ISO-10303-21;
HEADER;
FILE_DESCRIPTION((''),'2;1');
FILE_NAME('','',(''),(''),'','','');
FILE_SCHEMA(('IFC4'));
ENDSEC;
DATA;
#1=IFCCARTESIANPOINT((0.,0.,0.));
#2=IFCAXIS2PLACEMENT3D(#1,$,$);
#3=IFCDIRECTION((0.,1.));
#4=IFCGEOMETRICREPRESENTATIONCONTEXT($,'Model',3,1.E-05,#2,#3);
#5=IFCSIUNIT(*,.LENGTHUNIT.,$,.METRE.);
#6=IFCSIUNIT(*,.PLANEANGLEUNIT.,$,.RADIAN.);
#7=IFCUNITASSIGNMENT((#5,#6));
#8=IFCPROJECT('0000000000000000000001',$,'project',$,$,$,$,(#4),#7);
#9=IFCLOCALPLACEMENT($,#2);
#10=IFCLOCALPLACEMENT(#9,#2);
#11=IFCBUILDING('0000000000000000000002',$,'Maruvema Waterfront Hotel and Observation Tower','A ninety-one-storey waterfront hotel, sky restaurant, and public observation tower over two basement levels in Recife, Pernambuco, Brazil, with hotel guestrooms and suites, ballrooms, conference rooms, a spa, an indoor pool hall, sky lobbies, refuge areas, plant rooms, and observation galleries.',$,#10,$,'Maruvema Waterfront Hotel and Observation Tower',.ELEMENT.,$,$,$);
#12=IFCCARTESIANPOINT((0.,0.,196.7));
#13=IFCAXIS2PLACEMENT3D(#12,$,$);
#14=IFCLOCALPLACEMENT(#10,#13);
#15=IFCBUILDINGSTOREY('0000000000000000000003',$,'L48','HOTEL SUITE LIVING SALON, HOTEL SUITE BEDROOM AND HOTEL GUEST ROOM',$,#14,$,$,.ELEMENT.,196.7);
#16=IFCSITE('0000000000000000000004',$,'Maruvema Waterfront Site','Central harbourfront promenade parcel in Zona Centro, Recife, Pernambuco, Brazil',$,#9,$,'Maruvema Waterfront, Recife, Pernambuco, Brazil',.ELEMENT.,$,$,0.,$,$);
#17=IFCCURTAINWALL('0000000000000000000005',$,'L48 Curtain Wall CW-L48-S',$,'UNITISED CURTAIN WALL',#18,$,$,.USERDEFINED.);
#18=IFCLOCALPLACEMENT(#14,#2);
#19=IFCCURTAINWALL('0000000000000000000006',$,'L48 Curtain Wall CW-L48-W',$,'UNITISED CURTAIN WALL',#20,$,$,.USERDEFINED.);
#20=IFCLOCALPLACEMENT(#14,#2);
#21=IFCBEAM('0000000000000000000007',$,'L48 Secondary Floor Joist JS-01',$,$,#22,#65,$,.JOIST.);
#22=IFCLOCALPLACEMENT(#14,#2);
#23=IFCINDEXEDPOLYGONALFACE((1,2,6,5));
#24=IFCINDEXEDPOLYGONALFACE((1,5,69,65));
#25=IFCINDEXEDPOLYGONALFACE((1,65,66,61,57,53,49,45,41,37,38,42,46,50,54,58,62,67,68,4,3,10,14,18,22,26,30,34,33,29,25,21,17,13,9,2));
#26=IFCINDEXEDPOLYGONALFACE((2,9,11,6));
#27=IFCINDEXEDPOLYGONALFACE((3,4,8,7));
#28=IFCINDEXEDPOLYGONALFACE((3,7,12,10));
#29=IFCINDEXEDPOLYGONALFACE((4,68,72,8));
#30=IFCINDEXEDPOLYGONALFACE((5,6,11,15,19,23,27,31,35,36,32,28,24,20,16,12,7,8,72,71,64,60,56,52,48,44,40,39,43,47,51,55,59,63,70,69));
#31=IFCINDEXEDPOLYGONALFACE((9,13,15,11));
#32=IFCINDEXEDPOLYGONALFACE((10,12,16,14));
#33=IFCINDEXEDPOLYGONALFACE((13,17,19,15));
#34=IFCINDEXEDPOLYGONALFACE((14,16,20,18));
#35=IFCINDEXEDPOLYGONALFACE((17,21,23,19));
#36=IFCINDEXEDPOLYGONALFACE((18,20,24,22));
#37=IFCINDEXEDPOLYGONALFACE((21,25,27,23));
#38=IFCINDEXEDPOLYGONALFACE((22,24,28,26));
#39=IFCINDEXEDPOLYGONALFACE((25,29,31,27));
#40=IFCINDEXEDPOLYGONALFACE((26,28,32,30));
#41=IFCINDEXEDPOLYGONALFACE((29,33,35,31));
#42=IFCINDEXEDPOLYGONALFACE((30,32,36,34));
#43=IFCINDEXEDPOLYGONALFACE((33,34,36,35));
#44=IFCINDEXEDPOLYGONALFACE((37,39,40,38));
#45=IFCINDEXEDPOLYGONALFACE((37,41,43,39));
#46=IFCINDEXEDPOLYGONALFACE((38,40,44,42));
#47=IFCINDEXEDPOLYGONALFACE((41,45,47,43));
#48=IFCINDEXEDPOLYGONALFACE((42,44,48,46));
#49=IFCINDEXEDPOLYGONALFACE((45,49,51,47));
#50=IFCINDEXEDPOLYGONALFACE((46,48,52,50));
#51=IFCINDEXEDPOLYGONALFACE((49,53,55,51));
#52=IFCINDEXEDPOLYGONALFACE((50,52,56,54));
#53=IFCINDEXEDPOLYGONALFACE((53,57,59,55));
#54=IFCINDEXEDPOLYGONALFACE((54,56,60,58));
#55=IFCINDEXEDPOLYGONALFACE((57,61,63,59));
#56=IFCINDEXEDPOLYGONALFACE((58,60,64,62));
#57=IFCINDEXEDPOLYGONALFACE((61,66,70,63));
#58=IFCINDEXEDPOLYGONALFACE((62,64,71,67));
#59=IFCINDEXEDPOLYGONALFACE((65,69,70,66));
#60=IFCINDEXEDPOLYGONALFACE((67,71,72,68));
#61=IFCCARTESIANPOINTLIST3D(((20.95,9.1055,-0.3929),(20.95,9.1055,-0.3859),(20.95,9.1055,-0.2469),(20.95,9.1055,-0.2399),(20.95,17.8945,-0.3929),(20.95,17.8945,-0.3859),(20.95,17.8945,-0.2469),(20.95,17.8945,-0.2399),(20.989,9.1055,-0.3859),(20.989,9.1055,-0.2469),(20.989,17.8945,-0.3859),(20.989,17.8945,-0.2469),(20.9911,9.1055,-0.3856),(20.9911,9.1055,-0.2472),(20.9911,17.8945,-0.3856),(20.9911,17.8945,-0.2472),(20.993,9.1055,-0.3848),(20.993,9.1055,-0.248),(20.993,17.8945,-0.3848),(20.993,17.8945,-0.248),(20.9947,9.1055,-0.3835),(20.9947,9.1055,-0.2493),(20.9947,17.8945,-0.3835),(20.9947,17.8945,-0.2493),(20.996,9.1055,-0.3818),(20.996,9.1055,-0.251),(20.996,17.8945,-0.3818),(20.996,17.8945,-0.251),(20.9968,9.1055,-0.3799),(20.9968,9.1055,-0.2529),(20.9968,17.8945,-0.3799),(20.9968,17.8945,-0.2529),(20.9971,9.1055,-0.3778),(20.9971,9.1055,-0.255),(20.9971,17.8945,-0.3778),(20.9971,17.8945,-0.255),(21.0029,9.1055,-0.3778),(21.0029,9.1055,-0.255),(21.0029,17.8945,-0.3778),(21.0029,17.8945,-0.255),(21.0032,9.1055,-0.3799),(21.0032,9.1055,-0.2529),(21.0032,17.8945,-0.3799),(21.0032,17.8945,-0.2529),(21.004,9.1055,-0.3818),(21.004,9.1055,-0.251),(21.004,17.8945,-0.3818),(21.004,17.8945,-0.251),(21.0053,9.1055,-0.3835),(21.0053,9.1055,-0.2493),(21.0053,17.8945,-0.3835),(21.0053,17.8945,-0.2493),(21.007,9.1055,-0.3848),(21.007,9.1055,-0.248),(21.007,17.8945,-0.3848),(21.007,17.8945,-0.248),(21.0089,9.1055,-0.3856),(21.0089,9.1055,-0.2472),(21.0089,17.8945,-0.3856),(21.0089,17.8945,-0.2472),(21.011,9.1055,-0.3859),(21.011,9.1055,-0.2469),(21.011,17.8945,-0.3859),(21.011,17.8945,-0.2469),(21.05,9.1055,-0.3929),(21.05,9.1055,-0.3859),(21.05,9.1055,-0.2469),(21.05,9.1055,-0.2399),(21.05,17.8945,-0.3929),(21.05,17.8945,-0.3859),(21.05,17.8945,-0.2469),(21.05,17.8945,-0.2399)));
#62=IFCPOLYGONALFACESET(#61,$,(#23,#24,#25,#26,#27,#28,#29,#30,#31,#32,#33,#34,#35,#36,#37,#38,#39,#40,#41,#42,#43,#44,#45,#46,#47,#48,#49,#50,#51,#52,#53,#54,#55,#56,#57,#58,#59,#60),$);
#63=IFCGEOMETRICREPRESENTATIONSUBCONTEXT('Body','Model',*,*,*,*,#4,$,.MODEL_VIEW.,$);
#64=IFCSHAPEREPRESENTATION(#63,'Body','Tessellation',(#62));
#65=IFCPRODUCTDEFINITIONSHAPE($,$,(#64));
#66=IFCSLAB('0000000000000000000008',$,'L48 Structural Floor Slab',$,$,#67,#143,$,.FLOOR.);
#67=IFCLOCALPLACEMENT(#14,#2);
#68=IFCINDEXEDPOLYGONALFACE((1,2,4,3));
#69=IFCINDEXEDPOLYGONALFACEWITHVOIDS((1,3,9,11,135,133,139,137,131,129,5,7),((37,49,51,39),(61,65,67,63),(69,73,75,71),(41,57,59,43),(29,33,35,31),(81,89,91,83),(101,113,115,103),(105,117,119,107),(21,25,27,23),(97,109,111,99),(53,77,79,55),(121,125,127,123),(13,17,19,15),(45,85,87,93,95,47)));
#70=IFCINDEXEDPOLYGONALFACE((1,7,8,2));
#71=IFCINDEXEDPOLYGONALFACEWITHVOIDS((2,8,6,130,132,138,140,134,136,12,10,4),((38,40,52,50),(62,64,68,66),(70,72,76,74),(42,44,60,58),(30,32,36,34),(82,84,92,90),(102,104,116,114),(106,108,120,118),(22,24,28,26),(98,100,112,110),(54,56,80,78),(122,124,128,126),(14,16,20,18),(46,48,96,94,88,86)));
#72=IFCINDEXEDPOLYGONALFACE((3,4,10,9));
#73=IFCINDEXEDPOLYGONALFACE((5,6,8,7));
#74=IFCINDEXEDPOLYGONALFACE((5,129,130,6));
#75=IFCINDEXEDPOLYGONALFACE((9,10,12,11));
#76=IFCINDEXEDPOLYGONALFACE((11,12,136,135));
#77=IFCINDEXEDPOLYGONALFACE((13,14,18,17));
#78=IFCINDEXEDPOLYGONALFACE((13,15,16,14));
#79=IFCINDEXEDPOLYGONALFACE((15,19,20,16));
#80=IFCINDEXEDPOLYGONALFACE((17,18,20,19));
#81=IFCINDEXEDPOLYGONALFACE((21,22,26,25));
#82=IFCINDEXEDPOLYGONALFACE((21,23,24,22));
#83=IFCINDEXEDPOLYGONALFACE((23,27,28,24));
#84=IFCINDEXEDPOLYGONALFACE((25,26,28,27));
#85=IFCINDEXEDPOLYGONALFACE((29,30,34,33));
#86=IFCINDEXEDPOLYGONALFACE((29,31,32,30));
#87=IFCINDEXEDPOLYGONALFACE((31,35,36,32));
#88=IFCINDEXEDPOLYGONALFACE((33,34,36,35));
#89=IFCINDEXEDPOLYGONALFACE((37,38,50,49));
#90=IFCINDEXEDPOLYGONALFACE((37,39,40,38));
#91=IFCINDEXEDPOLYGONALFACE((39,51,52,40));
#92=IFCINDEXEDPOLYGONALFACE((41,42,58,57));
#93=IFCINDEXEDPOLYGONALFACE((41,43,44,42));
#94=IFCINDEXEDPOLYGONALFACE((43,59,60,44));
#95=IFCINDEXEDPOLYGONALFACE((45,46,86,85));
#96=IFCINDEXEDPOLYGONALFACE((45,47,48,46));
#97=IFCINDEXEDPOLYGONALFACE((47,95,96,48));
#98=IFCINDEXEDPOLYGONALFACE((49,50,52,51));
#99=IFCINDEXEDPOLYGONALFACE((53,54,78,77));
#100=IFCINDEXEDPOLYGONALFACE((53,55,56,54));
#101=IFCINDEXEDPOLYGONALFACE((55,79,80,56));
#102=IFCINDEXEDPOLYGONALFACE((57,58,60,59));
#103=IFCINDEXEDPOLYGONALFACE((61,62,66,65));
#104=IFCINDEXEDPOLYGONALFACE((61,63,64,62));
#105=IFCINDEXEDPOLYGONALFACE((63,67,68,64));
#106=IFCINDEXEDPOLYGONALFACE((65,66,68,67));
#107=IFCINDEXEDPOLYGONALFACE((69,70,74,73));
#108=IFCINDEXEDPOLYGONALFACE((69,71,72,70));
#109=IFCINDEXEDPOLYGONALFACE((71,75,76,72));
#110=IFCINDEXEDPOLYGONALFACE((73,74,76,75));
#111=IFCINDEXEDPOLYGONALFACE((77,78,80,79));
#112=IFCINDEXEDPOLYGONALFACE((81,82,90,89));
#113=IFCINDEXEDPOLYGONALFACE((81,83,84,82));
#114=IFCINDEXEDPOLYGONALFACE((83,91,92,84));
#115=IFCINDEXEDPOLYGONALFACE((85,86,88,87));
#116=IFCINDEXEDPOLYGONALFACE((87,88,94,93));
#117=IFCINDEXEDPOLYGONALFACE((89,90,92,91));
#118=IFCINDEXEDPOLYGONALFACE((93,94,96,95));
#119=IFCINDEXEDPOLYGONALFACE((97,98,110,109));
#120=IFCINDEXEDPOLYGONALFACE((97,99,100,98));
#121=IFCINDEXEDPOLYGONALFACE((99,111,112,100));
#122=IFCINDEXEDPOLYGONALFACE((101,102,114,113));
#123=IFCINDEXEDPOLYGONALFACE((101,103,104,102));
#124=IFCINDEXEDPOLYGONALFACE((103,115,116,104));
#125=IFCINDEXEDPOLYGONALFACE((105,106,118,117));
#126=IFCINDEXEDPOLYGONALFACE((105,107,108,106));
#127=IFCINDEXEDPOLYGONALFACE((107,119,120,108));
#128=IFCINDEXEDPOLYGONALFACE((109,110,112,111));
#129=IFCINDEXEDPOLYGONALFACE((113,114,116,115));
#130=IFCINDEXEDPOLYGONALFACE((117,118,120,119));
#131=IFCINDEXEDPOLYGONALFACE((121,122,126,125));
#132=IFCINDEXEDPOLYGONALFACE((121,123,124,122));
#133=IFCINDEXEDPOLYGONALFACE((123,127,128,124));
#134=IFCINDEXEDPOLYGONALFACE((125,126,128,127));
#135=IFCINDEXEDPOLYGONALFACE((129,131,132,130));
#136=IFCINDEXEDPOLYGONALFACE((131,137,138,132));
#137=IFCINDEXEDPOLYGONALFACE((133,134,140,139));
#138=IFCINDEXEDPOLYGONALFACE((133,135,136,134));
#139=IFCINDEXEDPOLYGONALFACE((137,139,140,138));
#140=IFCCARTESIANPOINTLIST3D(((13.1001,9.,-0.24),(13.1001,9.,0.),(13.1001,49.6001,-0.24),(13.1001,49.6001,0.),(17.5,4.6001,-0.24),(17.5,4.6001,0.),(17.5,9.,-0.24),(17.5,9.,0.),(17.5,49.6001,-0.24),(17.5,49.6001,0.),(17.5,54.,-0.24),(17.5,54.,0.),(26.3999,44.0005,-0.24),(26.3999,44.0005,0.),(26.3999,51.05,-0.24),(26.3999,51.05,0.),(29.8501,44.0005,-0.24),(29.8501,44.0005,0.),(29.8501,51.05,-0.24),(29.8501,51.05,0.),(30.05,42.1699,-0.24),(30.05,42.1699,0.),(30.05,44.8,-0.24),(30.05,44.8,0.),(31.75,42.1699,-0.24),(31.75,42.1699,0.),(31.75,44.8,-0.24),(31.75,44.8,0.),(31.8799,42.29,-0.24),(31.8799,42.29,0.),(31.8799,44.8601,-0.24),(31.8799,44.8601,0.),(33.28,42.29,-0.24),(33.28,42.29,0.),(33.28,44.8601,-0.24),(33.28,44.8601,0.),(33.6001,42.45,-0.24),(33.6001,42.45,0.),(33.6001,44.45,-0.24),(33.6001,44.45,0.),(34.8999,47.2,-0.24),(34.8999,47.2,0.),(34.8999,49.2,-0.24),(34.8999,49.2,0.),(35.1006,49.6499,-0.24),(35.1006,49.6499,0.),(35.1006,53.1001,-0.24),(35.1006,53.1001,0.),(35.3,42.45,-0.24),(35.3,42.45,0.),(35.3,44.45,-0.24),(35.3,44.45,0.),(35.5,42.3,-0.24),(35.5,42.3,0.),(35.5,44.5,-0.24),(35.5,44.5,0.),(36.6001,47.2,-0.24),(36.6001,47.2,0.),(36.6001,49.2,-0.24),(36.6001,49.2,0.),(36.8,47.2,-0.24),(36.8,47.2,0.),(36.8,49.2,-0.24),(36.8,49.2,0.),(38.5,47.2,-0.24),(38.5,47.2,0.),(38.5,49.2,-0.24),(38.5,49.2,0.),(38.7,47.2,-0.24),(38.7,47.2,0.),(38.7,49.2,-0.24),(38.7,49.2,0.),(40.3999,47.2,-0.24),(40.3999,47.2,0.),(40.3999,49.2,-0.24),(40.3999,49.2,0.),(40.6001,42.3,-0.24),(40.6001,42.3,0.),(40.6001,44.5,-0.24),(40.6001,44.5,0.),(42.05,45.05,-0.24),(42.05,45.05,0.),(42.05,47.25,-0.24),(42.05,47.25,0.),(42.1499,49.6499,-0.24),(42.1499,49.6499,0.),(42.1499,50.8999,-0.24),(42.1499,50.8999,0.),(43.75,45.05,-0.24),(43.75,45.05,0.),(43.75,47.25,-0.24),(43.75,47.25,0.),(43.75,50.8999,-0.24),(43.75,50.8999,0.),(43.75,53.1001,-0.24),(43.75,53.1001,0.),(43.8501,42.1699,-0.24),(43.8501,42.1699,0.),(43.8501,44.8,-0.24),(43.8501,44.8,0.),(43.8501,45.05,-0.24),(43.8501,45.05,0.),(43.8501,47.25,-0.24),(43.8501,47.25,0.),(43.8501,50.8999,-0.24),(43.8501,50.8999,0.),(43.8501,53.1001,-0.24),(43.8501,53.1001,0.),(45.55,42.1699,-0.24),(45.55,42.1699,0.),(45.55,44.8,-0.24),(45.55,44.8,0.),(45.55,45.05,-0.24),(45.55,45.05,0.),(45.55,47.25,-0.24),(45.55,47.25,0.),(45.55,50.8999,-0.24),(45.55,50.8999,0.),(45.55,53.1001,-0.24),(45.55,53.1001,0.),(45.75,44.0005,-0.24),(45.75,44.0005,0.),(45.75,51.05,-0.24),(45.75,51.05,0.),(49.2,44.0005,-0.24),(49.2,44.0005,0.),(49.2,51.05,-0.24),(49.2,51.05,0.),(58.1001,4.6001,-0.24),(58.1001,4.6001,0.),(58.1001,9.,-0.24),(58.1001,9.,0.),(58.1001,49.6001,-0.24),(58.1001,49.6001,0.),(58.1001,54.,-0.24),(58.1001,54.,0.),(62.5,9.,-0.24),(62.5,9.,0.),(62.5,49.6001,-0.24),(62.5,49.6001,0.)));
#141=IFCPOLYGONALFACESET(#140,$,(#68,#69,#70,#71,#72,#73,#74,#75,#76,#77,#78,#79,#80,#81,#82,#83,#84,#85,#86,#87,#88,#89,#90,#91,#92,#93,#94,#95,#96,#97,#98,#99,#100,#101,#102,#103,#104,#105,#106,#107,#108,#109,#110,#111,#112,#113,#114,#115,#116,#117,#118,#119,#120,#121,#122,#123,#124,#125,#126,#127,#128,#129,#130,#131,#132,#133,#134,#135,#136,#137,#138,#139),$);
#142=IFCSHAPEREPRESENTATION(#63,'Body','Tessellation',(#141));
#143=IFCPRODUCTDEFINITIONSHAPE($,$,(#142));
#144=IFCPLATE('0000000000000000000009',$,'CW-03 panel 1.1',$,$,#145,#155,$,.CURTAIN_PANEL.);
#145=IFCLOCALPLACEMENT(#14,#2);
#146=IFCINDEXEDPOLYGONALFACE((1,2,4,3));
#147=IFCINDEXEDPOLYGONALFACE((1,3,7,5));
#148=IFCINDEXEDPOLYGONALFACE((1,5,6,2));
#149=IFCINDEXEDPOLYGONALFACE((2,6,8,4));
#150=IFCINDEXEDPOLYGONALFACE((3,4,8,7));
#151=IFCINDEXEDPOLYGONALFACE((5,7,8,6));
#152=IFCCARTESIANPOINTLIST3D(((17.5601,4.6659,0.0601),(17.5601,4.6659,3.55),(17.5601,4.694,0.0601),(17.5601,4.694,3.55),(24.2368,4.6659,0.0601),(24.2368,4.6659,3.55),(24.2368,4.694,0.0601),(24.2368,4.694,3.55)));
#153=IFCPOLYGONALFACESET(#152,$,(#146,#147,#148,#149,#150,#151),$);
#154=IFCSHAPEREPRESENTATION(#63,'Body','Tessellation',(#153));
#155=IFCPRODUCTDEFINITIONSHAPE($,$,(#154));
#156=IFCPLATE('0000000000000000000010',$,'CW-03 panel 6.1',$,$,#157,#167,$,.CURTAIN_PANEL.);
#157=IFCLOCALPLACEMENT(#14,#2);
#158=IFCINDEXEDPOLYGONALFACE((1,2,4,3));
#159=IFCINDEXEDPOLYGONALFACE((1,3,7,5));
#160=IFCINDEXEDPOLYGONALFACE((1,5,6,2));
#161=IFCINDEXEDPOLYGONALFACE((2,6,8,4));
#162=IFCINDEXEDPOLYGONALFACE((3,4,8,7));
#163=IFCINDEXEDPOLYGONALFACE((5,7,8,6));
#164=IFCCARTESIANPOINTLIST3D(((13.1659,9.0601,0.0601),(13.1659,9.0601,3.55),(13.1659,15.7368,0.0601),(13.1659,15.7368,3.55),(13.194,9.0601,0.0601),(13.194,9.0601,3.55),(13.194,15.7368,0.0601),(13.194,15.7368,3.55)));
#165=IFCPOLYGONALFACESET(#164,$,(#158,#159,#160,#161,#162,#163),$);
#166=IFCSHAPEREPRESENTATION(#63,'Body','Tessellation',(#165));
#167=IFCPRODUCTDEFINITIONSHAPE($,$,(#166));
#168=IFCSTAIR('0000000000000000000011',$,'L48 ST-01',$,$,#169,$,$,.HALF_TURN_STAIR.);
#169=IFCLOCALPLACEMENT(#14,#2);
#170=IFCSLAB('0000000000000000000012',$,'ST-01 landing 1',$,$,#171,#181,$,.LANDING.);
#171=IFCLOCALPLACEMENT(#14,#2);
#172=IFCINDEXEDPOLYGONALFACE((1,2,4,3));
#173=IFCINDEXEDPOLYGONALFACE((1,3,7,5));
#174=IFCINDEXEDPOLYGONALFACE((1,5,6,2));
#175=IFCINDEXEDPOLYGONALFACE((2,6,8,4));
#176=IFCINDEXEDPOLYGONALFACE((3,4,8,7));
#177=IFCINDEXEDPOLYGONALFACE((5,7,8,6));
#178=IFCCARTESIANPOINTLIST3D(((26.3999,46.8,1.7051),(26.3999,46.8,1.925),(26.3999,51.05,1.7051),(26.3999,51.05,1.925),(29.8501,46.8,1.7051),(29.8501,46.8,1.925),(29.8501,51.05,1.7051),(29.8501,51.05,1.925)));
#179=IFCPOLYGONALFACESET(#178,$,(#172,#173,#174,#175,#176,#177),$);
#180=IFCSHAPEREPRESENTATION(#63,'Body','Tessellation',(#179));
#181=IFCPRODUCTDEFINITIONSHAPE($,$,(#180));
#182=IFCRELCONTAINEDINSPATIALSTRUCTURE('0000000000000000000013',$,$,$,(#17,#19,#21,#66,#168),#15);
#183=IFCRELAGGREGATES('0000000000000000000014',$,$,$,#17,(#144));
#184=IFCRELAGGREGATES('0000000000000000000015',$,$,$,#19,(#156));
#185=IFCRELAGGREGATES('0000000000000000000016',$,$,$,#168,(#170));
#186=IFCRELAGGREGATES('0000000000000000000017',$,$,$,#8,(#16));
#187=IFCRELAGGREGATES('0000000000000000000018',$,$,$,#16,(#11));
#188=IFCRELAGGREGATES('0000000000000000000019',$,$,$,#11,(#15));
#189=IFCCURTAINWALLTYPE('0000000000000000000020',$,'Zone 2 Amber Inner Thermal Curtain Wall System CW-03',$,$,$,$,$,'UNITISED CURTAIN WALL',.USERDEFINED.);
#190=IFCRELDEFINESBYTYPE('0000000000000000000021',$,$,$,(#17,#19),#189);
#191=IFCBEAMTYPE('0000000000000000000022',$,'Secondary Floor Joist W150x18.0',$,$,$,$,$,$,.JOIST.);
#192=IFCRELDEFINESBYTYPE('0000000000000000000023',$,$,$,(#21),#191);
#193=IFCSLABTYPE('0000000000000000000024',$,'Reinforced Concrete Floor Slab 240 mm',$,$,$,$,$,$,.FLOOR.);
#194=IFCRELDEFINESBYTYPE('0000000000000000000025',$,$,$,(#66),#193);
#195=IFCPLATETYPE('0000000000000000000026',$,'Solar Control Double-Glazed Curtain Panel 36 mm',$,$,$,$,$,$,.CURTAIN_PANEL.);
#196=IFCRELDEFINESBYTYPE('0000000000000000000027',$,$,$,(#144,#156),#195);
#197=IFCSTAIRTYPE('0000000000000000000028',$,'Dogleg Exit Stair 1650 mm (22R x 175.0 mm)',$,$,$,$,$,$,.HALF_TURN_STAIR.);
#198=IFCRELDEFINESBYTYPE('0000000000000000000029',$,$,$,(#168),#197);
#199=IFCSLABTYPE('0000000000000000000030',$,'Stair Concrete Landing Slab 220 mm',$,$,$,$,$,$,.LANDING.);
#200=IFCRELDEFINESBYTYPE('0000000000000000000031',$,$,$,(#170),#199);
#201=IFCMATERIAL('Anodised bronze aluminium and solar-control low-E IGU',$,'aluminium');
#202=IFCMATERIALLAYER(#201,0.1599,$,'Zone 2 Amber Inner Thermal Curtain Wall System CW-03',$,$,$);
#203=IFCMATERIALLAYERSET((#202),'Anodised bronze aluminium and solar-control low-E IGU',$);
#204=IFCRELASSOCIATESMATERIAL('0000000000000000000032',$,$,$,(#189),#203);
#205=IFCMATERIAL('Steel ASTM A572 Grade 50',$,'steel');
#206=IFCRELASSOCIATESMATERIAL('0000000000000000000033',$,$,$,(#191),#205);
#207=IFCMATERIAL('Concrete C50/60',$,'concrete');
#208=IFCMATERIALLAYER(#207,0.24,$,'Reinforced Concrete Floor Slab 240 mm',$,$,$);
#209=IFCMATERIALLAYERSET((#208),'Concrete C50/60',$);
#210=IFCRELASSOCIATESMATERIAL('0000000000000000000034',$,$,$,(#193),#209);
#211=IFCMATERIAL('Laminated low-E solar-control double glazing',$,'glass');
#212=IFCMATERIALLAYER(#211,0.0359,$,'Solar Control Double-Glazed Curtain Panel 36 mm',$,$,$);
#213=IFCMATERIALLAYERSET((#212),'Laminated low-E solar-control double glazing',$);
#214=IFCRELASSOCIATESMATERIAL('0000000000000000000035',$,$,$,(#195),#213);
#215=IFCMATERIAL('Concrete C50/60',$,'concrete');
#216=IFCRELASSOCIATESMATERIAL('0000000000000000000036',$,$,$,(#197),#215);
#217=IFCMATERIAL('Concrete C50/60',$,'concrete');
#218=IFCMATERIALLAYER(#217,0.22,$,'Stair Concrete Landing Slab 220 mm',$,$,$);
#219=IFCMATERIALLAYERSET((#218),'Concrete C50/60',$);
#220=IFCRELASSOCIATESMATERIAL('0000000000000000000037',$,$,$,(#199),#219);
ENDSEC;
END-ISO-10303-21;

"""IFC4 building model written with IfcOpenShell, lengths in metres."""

from ifc_helpers import new_model, si_unit, direction, frame, origin, origin_2d, place, context, subcontext, project, spatial, polyline, rectangle, i_section, outline, extrude, material, layer, layer_set, material_profile, profile_set, type_object, element, aggregate, save


model = new_model("IFC4")

# Units and contexts
model_context = context("Model", 3, precision=1e-05, world=origin(), true_north=direction((0.0, 1.0)))
body_context = subcontext(model_context, "Body", "Model", "MODEL_VIEW")
ifc_project = project(units=[si_unit("LENGTHUNIT", "METRE"), si_unit("PLANEANGLEUNIT", "RADIAN")], contexts=[model_context])

# Site, building, storey
site_placement = place(None, origin())
site = spatial("IfcSite", under=ifc_project, at=site_placement, Name="Maruvema Waterfront Site", Description="Central harbourfront promenade parcel in Zona Centro, Recife, Pernambuco, Brazil", LongName="Maruvema Waterfront, Recife, Pernambuco, Brazil", CompositionType="ELEMENT", RefElevation=0.0)
building_placement = place(site_placement, origin())
building = spatial("IfcBuilding", under=site, at=building_placement, Name="Maruvema Waterfront Hotel and Observation Tower", Description="A ninety-one-storey waterfront hotel, sky restaurant, and public observation tower over two basement levels in Recife, Pernambuco, Brazil, with hotel guestrooms and suites, ballrooms, conference rooms, a spa, an indoor pool hall, sky lobbies, refuge areas, plant rooms, and observation galleries.", LongName="Maruvema Waterfront Hotel and Observation Tower", CompositionType="ELEMENT")
storey_placement = place(building_placement, frame((0.0, 0.0, 196.7)))
storey = spatial("IfcBuildingStorey", under=building, at=storey_placement, Name="L48", Description="HOTEL SUITE LIVING SALON, HOTEL SUITE BEDROOM AND HOTEL GUEST ROOM", CompositionType="ELEMENT", Elevation=196.7)

# Curtain walls
ifc_material_1 = material(Name="Anodised bronze aluminium and solar-control low-E IGU", Category="aluminium")
ifc_layer_1 = layer(ifc_material_1, 0.1599, Name="Zone 2 Amber Inner Thermal Curtain Wall System CW-03")
ifc_layer_set_1 = layer_set([ifc_layer_1], Name="Anodised bronze aluminium and solar-control low-E IGU")
curtain_wall_type = type_object("IfcCurtainWallType", Name="Zone 2 Amber Inner Thermal Curtain Wall System CW-03", ElementType="UNITISED CURTAIN WALL", PredefinedType="USERDEFINED", material=ifc_layer_set_1)
curtain_wall_1_placement = place(storey_placement, origin())
curtain_wall_1 = element("IfcCurtainWall", 1, at=curtain_wall_1_placement, inside=storey, type_object=curtain_wall_type, Name="L48 Curtain Wall CW-L48-S", ObjectType="UNITISED CURTAIN WALL", PredefinedType="USERDEFINED")
curtain_wall_2_placement = place(storey_placement, origin())
curtain_wall_2 = element("IfcCurtainWall", 2, at=curtain_wall_2_placement, inside=storey, type_object=curtain_wall_type, Name="L48 Curtain Wall CW-L48-W", ObjectType="UNITISED CURTAIN WALL", PredefinedType="USERDEFINED")

# Beam
ifc_material_2 = material(Name="Steel ASTM A572 Grade 50", Category="steel")
ifc_material_profile_1 = material_profile(ifc_material_2, i_section(OverallWidth=0.1001, OverallDepth=0.1531, WebThickness=0.0059, FlangeThickness=0.0071, FilletRadius=0.0081, at=origin_2d()), Name="W150x18.0")
ifc_profile_set_1 = profile_set([ifc_material_profile_1], Name="Steel ASTM A572 Grade 50")
beam_type_1 = type_object("IfcBeamType", Name="Secondary Floor Joist W150x18.0", PredefinedType="JOIST", material=ifc_profile_set_1)
beam_1_placement = place(storey_placement, frame((21.0, 9.1055, -0.3164), z_axis=(0.0, 1.0, 0.0), x_axis=(-1.0, 0.0, 0.0)))
element("IfcBeam", 3, at=beam_1_placement, inside=storey, type_object=beam_type_1, Name="L48 Secondary Floor Joist JS-01", PredefinedType="JOIST", context=body_context, shape_type="SweptSolid", body=[
    extrude(i_section(OverallWidth=0.1001, OverallDepth=0.1531, WebThickness=0.0059, FlangeThickness=0.0071, FilletRadius=0.0081, at=origin_2d()), origin(), (0.0, 0.0, 1.0), 8.7891),
])

# Slab
ifc_material_3 = material(Name="Concrete C50/60", Category="concrete")
ifc_layer_2 = layer(ifc_material_3, 0.24, Name="Reinforced Concrete Floor Slab 240 mm")
ifc_layer_set_2 = layer_set([ifc_layer_2], Name="Concrete C50/60")
slab_type_1 = type_object("IfcSlabType", Name="Reinforced Concrete Floor Slab 240 mm", PredefinedType="FLOOR", material=ifc_layer_set_2)
slab_1_placement = place(storey_placement, frame((0.0, 0.0, -0.24)))
element("IfcSlab", 4, at=slab_1_placement, inside=storey, type_object=slab_type_1, Name="L48 Structural Floor Slab", PredefinedType="FLOOR", context=body_context, shape_type="SweptSolid", body=[
    extrude(outline(polyline([(17.5, 4.6001), (58.1001, 4.6001), (58.1001, 9.0), (62.5, 9.0), (62.5, 49.6001), (58.1001, 49.6001), (58.1001, 54.0), (17.5, 54.0), (17.5, 49.6001), (13.1001, 49.6001), (13.1001, 9.0), (17.5, 9.0), (17.5, 4.6001)]), holes=[polyline([(26.3999, 44.0005), (26.3999, 51.05), (29.8501, 51.05), (29.8501, 44.0005), (26.3999, 44.0005)]), polyline([(30.05, 44.8), (31.75, 44.8), (31.75, 42.1699), (30.05, 42.1699), (30.05, 44.8)]), polyline([(31.8799, 44.8601), (33.28, 44.8601), (33.28, 42.29), (31.8799, 42.29), (31.8799, 44.8601)]), polyline([(33.6001, 44.45), (35.3, 44.45), (35.3, 42.45), (33.6001, 42.45), (33.6001, 44.45)]), polyline([(34.8999, 49.2), (36.6001, 49.2), (36.6001, 47.2), (34.8999, 47.2), (34.8999, 49.2)]), polyline([(36.8, 49.2), (38.5, 49.2), (38.5, 47.2), (36.8, 47.2), (36.8, 49.2)]), polyline([(35.5, 42.3), (35.5, 44.5), (40.6001, 44.5), (40.6001, 42.3), (35.5, 42.3)]), polyline([(35.1006, 53.1001), (43.75, 53.1001), (43.75, 50.8999), (42.1499, 50.8999), (42.1499, 49.6499), (35.1006, 49.6499), (35.1006, 53.1001)]), polyline([(38.7, 49.2), (40.3999, 49.2), (40.3999, 47.2), (38.7, 47.2), (38.7, 49.2)]), polyline([(42.05, 47.25), (43.75, 47.25), (43.75, 45.05), (42.05, 45.05), (42.05, 47.25)]), polyline([(43.8501, 44.8), (45.55, 44.8), (45.55, 42.1699), (43.8501, 42.1699), (43.8501, 44.8)]), polyline([(43.8501, 47.25), (45.55, 47.25), (45.55, 45.05), (43.8501, 45.05), (43.8501, 47.25)]), polyline([(45.55, 53.1001), (45.55, 50.8999), (43.8501, 50.8999), (43.8501, 53.1001), (45.55, 53.1001)]), polyline([(45.75, 44.0005), (45.75, 51.05), (49.2, 51.05), (49.2, 44.0005), (45.75, 44.0005)])]), origin(), (0.0, 0.0, 1.0), 0.24),
])

# Plates
ifc_material_4 = material(Name="Laminated low-E solar-control double glazing", Category="glass")
ifc_layer_3 = layer(ifc_material_4, 0.0359, Name="Solar Control Double-Glazed Curtain Panel 36 mm")
ifc_layer_set_3 = layer_set([ifc_layer_3], Name="Laminated low-E solar-control double glazing")
plate_type = type_object("IfcPlateType", Name="Solar Control Double-Glazed Curtain Panel 36 mm", PredefinedType="CURTAIN_PANEL", material=ifc_layer_set_3)
plate_1_placement = place(storey_placement, frame((20.8984, 4.6799, 0.0601), z_axis=(0.0, 0.0, 1.0), x_axis=(1.0, 0.0, 0.0)))
plate_1 = element("IfcPlate", 5, at=plate_1_placement, type_object=plate_type, Name="CW-03 panel 1.1", PredefinedType="CURTAIN_PANEL", context=body_context, shape_type="SweptSolid", body=[
    extrude(rectangle(XDim=6.6768, YDim=0.0281, at=origin_2d()), origin(), (0.0, 0.0, 1.0), 3.49),
])
aggregate(curtain_wall_1, [plate_1])
plate_2_placement = place(storey_placement, frame((13.1799, 12.3984, 0.0601), z_axis=(0.0, 0.0, 1.0), x_axis=(0.0, -1.0, 0.0)))
plate_2 = element("IfcPlate", 6, at=plate_2_placement, type_object=plate_type, Name="CW-03 panel 6.1", PredefinedType="CURTAIN_PANEL", context=body_context, shape_type="SweptSolid", body=[
    extrude(rectangle(XDim=6.6768, YDim=0.0281, at=origin_2d()), origin(), (0.0, 0.0, 1.0), 3.49),
])
aggregate(curtain_wall_2, [plate_2])

# Stair, slab
ifc_material_5 = material(Name="Concrete C50/60", Category="concrete")
stair_type = type_object("IfcStairType", Name="Dogleg Exit Stair 1650 mm (22R x 175.0 mm)", PredefinedType="HALF_TURN_STAIR", material=ifc_material_5)
stair_1_placement = place(storey_placement, origin())
stair_1 = element("IfcStair", 7, at=stair_1_placement, inside=storey, type_object=stair_type, Name="L48 ST-01", PredefinedType="HALF_TURN_STAIR")
ifc_material_6 = material(Name="Concrete C50/60", Category="concrete")
ifc_layer_4 = layer(ifc_material_6, 0.22, Name="Stair Concrete Landing Slab 220 mm")
ifc_layer_set_4 = layer_set([ifc_layer_4], Name="Concrete C50/60")
slab_type_2 = type_object("IfcSlabType", Name="Stair Concrete Landing Slab 220 mm", PredefinedType="LANDING", material=ifc_layer_set_4)
slab_2_placement = place(storey_placement, frame((0.0, 0.0, 1.7051)))
slab_2 = element("IfcSlab", 8, at=slab_2_placement, type_object=slab_type_2, Name="ST-01 landing 1", PredefinedType="LANDING", context=body_context, shape_type="SweptSolid", body=[
    extrude(outline(polyline([(29.8501, 46.8), (29.8501, 51.05), (26.3999, 51.05), (26.3999, 46.8), (29.8501, 46.8)])), origin(), (0.0, 0.0, 1.0), 0.22),
])
aggregate(stair_1, [slab_2])

save(model, "model.ifc")
